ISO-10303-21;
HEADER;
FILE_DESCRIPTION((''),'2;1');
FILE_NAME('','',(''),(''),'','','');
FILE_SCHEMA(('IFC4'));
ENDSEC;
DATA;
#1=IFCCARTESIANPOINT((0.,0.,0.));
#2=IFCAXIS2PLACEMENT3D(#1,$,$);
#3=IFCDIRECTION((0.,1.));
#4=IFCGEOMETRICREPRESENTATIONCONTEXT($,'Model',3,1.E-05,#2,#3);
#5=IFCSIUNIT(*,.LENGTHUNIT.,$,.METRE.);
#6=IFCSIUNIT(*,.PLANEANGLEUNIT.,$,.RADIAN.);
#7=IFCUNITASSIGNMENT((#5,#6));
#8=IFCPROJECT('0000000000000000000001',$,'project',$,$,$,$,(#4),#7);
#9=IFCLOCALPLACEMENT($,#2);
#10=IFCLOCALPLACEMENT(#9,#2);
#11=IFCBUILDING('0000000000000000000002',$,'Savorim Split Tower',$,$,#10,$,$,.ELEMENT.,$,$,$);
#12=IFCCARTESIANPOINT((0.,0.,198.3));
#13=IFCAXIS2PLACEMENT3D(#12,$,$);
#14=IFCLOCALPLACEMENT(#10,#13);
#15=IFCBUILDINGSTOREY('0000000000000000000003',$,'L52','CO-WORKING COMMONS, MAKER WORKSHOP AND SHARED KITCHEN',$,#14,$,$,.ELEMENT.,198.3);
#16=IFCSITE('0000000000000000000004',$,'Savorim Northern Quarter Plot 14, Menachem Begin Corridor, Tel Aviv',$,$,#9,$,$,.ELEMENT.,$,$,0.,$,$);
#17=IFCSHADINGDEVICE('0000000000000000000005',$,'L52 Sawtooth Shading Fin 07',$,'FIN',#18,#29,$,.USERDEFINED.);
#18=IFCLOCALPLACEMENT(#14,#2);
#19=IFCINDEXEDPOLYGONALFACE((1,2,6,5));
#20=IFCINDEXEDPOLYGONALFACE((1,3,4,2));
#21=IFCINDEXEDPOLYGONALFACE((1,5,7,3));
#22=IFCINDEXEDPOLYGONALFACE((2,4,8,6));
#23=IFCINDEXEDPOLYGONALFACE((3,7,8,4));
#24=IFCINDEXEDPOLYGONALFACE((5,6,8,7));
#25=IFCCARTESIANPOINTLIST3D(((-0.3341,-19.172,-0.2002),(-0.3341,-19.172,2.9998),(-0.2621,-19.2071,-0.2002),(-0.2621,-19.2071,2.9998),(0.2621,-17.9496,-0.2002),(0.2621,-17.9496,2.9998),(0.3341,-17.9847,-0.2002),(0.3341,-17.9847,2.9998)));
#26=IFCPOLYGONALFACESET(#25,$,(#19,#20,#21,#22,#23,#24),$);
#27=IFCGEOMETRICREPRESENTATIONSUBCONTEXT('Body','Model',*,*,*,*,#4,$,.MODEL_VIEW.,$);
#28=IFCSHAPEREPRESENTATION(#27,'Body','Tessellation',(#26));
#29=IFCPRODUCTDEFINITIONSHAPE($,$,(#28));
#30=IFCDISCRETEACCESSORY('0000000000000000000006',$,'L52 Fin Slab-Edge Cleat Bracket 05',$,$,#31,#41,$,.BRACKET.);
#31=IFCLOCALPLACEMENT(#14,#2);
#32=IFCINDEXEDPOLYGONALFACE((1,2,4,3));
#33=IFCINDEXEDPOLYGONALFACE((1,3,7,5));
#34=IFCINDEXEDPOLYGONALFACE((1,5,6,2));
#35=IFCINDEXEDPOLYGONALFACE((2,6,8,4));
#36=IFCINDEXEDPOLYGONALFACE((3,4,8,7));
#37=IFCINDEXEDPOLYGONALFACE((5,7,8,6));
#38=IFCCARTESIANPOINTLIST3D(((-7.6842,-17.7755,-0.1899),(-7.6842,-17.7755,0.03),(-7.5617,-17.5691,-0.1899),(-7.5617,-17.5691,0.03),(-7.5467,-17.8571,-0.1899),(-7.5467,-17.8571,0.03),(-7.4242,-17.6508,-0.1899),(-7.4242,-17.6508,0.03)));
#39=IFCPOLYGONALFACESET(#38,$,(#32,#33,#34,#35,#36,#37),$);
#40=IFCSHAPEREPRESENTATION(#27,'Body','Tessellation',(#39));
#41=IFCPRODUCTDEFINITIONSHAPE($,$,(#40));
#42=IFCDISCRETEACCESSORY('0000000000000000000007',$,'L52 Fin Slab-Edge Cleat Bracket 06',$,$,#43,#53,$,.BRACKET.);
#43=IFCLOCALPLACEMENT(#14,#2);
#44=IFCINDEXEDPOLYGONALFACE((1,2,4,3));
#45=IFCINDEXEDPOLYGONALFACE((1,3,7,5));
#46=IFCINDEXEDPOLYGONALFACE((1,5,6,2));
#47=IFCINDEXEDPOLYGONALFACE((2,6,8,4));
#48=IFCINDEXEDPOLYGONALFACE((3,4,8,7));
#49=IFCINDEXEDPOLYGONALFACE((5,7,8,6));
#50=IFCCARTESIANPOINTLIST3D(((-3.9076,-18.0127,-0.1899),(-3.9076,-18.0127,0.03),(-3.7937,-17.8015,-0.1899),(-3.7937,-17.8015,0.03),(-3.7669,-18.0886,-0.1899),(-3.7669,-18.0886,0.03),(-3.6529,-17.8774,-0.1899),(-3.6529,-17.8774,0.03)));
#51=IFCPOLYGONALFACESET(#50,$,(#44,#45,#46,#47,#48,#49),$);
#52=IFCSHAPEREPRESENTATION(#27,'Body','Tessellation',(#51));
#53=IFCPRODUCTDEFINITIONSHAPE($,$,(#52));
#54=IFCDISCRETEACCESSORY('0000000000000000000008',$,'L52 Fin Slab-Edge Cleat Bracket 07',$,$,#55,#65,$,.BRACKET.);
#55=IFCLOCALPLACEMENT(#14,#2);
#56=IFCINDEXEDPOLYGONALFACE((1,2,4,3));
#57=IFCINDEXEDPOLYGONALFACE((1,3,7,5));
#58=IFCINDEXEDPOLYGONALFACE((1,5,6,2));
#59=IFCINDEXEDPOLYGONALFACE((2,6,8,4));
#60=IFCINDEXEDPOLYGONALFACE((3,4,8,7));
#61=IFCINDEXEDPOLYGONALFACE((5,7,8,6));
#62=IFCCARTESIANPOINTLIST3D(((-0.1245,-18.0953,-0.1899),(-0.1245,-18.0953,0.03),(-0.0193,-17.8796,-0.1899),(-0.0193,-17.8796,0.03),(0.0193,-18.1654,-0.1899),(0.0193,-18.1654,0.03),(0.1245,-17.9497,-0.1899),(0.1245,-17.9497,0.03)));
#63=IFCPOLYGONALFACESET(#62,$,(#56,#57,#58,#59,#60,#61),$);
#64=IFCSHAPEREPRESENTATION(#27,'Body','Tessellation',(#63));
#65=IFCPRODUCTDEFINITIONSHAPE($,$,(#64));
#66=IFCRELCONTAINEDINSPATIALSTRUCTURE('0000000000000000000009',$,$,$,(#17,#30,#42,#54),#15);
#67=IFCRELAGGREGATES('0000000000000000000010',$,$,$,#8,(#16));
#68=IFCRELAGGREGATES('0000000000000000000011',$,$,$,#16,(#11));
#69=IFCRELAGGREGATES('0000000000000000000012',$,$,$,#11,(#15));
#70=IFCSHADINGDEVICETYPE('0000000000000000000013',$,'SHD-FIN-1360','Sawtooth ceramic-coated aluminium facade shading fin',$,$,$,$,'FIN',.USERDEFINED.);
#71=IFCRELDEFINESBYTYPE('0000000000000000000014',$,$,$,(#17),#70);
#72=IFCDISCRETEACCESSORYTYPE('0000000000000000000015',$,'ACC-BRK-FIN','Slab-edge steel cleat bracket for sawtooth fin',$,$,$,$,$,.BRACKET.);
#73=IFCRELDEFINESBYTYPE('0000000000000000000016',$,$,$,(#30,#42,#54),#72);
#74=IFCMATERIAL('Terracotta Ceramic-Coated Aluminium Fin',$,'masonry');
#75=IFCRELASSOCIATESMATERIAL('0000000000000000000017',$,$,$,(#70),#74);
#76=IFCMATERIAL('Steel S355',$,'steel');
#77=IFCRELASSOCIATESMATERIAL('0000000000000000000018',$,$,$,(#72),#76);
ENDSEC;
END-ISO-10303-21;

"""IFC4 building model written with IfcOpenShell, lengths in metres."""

from ifc_helpers import new_model, si_unit, direction, frame, origin, origin_2d, place, context, subcontext, project, spatial, rectangle, extrude, material, type_object, element, save


model = new_model("IFC4")

# Units and contexts
model_context = context("Model", 3, precision=1e-05, world=origin(), true_north=direction((0.0, 1.0)))
body_context = subcontext(model_context, "Body", "Model", "MODEL_VIEW")
ifc_project = project(units=[si_unit("LENGTHUNIT", "METRE"), si_unit("PLANEANGLEUNIT", "RADIAN")], contexts=[model_context])

# Site, building, storey
site_placement = place(None, origin())
site = spatial("IfcSite", under=ifc_project, at=site_placement, Name="Savorim Northern Quarter Plot 14, Menachem Begin Corridor, Tel Aviv", CompositionType="ELEMENT", RefElevation=0.0)
building_placement = place(site_placement, origin())
building = spatial("IfcBuilding", under=site, at=building_placement, Name="Savorim Split Tower", CompositionType="ELEMENT")
storey_placement = place(building_placement, frame((0.0, 0.0, 198.3)))
storey = spatial("IfcBuildingStorey", under=building, at=storey_placement, Name="L52", Description="CO-WORKING COMMONS, MAKER WORKSHOP AND SHARED KITCHEN", CompositionType="ELEMENT", Elevation=198.3)

# Shared definitions
ifc_material_1 = material(Name="Steel S355", Category="steel")

# Shading device
ifc_material_2 = material(Name="Terracotta Ceramic-Coated Aluminium Fin", Category="masonry")
shading_device_type = type_object("IfcShadingDeviceType", Name="SHD-FIN-1360", Description="Sawtooth ceramic-coated aluminium facade shading fin", ElementType="FIN", PredefinedType="USERDEFINED", material=ifc_material_2)
for number, where, z_axis, x_axis, name in (
    (1, (0.0, -18.5784, -0.2002), (0.0, 0.0, 1.0), (-0.438371, -0.898794, 0.0), "L52 Sawtooth Shading Fin 07"),
):
    element("IfcShadingDevice", number, at=place(storey_placement, frame(where, z_axis=z_axis, x_axis=x_axis)), inside=storey, type_object=shading_device_type, Name=name, ObjectType="FIN", PredefinedType="USERDEFINED", context=body_context, shape_type="SweptSolid", body=[
        extrude(rectangle(XDim=1.3601, YDim=0.0801, at=origin_2d()), origin(), (0.0, 0.0, 1.0), 3.2),
    ])

# Discrete accessories
discrete_accessory_type = type_object("IfcDiscreteAccessoryType", Name="ACC-BRK-FIN", Description="Slab-edge steel cleat bracket for sawtooth fin", PredefinedType="BRACKET", material=ifc_material_1)
for number, where, z_axis, x_axis, name in (
    (2, (-7.5542, -17.7131, -0.1899), (0.0, 0.0, 1.0), (-0.510391, -0.859942, 0.0), "L52 Fin Slab-Edge Cleat Bracket 05"),
    (3, (-3.7803, -17.9451, -0.1899), (0.0, 0.0, 1.0), (-0.474778, -0.880106, 0.0), "L52 Fin Slab-Edge Cleat Bracket 06"),
    (4, (0.0, -18.0225, -0.1899), (0.0, 0.0, 1.0), (-0.438371, -0.898794, 0.0), "L52 Fin Slab-Edge Cleat Bracket 07"),
):
    element("IfcDiscreteAccessory", number, at=place(storey_placement, frame(where, z_axis=z_axis, x_axis=x_axis)), inside=storey, type_object=discrete_accessory_type, Name=name, PredefinedType="BRACKET", context=body_context, shape_type="SweptSolid", body=[
        extrude(rectangle(XDim=0.24, YDim=0.1599, at=origin_2d()), origin(), (0.0, 0.0, 1.0), 0.22),
    ])

save(model, "model.ifc")
